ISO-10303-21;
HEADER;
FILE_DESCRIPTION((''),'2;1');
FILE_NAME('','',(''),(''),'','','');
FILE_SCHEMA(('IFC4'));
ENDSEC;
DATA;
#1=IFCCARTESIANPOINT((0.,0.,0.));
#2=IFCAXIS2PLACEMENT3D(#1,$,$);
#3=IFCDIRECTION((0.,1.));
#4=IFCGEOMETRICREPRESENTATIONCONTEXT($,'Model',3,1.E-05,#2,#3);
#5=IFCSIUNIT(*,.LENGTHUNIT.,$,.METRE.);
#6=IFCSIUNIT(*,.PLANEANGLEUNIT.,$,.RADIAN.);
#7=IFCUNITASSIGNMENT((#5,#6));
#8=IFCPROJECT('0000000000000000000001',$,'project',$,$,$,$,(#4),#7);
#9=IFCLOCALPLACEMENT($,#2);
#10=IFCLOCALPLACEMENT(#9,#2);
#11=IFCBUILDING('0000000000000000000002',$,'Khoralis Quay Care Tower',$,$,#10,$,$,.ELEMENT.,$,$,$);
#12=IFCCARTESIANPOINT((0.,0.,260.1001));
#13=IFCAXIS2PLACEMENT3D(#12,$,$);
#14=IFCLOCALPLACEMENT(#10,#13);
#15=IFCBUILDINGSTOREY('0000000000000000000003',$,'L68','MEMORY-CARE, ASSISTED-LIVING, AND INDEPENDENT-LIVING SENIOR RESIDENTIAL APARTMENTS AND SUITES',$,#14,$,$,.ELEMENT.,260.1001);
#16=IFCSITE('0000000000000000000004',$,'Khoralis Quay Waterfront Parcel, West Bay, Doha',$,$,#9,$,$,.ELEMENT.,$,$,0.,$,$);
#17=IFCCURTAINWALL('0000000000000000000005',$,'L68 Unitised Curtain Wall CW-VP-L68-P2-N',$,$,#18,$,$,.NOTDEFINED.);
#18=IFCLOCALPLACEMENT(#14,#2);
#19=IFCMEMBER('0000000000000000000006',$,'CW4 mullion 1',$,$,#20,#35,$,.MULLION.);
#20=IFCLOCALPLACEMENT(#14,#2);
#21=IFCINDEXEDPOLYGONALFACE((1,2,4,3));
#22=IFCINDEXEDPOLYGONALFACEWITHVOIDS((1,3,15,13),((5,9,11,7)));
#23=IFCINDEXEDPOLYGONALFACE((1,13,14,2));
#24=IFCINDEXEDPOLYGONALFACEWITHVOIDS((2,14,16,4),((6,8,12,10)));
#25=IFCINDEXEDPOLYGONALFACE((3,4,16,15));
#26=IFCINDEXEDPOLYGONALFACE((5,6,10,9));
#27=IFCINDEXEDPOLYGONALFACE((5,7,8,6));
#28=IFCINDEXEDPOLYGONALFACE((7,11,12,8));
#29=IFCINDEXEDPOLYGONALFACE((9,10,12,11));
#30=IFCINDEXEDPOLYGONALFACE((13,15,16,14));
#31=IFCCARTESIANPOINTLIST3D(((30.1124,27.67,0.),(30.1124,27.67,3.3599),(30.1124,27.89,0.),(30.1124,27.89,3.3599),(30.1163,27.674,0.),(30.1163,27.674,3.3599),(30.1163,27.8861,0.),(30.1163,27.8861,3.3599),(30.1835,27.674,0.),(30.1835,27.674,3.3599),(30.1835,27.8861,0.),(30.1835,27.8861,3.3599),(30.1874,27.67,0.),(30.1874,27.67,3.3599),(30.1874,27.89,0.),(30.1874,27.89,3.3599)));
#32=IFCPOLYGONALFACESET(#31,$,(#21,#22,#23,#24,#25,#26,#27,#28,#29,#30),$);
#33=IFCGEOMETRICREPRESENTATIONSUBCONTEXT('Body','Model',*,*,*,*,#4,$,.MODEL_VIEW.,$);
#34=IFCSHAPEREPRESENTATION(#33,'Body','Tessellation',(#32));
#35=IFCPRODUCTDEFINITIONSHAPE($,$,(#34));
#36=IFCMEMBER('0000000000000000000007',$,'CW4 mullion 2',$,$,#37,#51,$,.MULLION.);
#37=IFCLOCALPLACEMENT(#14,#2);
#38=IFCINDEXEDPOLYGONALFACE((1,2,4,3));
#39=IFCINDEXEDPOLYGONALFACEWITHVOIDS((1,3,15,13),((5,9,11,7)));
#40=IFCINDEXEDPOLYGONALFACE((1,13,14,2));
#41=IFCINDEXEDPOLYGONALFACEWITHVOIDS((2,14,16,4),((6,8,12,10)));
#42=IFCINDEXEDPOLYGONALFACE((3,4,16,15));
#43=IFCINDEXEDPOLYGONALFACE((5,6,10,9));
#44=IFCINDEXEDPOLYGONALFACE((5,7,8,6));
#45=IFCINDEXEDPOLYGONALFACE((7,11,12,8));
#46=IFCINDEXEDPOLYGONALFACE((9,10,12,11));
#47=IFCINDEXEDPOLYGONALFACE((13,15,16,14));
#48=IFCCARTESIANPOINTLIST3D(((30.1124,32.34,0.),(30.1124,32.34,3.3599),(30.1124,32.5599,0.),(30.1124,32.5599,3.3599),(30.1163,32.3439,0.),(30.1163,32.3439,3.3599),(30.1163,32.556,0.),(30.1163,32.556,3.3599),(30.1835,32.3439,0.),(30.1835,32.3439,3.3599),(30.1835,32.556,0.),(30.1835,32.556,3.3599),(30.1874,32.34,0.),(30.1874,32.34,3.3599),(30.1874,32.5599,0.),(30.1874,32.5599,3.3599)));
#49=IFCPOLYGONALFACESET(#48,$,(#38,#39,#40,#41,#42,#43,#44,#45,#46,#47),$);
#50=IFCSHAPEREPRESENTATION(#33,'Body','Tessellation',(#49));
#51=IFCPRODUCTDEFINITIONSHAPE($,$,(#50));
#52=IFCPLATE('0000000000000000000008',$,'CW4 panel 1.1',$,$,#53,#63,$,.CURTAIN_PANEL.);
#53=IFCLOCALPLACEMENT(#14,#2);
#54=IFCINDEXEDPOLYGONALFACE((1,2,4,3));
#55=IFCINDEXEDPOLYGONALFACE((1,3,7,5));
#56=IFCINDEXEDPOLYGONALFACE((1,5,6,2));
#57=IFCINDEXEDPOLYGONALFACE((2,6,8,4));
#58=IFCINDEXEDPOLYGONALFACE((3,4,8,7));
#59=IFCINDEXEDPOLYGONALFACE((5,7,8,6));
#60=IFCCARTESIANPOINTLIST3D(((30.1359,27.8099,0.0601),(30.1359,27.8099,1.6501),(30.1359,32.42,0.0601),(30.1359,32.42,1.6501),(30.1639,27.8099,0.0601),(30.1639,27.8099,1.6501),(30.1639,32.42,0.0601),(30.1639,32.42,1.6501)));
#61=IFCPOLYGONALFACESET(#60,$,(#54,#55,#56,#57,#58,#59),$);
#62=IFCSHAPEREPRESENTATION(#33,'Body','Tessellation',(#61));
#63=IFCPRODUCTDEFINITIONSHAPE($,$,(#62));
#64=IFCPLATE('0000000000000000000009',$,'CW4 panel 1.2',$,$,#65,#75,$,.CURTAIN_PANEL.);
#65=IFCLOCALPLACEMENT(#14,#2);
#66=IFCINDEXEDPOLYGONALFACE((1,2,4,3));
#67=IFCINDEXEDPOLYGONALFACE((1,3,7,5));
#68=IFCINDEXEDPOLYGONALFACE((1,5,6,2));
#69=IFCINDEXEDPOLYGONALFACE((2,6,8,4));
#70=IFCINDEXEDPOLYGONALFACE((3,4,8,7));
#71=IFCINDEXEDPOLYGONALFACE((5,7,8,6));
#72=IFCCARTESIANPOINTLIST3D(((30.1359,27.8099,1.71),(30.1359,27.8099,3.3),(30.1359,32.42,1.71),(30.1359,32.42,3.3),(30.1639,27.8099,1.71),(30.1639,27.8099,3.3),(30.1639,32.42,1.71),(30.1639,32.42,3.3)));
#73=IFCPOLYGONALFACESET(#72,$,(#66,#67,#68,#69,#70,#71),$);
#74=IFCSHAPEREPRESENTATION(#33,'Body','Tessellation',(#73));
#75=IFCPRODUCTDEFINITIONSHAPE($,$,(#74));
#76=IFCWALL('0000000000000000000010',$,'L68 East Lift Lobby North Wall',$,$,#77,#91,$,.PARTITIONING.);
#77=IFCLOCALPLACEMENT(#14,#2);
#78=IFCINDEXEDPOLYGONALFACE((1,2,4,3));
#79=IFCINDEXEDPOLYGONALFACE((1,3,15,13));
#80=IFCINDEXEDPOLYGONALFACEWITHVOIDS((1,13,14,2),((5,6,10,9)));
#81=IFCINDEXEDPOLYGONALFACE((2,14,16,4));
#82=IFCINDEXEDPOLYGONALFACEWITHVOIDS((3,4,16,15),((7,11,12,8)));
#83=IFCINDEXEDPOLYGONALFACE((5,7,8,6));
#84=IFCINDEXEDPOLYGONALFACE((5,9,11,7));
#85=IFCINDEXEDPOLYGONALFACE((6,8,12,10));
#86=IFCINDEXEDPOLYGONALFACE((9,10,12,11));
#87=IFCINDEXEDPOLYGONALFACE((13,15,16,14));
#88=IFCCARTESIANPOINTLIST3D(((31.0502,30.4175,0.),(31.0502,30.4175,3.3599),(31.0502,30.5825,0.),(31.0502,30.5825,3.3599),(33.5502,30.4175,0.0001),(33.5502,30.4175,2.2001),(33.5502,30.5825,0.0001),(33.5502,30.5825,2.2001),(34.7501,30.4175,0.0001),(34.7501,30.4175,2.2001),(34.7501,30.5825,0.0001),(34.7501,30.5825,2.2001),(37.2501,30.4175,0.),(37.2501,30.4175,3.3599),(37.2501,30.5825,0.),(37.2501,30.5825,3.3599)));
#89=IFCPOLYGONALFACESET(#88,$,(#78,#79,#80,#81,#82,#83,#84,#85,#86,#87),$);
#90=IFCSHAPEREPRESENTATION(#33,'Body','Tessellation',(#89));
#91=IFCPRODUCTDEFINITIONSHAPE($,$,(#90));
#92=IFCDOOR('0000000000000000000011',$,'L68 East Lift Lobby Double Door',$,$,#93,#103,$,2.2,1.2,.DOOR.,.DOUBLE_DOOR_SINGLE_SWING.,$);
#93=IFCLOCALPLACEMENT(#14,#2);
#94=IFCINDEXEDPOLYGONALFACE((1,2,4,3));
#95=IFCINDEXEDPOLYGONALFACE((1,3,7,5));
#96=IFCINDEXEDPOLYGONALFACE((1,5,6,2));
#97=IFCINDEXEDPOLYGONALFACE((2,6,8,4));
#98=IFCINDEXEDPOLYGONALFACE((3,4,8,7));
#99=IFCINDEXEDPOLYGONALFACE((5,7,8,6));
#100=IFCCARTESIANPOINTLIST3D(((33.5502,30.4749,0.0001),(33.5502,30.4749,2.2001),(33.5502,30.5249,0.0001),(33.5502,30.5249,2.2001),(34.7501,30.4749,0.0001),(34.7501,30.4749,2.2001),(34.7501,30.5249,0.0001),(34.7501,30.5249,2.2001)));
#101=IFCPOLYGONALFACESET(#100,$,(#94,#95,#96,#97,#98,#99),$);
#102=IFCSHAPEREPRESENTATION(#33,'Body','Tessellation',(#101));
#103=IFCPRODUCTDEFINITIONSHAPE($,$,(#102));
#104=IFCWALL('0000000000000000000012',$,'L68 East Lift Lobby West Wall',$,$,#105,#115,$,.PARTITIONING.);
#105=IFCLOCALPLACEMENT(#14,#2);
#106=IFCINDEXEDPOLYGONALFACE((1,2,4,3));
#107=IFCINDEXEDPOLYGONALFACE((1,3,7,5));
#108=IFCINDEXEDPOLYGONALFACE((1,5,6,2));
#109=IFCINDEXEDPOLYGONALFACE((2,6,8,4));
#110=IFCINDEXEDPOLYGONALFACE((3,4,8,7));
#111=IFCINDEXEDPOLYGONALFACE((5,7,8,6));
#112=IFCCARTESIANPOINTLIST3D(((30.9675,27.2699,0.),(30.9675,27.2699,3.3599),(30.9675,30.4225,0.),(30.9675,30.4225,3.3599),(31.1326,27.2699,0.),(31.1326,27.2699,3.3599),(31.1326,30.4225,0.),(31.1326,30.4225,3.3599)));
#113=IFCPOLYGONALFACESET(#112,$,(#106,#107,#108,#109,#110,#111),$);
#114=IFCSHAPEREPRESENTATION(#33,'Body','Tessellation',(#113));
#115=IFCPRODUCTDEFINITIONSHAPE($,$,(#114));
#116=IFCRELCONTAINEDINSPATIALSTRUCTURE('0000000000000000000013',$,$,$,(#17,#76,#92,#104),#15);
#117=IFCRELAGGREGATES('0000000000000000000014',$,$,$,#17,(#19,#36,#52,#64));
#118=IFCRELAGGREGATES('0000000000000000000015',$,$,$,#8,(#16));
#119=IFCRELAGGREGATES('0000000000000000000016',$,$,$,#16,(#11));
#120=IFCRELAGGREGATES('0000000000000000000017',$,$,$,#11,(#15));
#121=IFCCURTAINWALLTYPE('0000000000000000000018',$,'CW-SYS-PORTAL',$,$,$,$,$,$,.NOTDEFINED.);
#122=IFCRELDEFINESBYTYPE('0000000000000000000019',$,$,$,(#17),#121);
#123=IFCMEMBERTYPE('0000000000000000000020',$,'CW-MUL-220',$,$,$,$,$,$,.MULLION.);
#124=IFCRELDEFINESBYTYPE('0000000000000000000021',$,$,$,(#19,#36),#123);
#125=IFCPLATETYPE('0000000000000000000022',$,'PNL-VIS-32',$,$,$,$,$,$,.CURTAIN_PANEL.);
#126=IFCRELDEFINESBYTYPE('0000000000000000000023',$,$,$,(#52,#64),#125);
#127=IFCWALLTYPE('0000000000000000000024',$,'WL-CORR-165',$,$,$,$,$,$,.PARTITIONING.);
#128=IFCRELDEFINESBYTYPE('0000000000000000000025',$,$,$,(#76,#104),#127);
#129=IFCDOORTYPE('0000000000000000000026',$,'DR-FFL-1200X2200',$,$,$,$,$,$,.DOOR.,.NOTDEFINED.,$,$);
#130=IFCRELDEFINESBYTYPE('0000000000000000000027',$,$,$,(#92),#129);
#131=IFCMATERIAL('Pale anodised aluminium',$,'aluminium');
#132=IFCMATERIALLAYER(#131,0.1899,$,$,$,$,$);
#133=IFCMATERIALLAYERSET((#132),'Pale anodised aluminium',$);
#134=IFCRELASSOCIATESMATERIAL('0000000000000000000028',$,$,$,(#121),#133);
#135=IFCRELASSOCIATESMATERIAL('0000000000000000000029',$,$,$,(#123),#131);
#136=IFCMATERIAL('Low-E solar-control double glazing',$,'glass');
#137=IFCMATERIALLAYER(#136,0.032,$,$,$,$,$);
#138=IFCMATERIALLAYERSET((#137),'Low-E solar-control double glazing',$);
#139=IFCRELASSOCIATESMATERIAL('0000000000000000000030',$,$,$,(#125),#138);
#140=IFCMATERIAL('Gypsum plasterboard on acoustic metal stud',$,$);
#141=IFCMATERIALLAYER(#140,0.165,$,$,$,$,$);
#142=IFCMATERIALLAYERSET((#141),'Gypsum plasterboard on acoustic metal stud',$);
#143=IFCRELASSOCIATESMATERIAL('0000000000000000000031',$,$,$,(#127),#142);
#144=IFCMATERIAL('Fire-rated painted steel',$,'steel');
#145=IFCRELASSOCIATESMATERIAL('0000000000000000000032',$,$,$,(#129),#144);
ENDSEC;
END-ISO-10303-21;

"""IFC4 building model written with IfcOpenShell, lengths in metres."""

from ifc_helpers import new_model, si_unit, direction, frame, frame_2d, origin, origin_2d, place, context, subcontext, project, spatial, rectangle, hollow_rectangle, extrude, source, transform, mapped, material, layer, layer_set, material_profile, profile_set, type_object, element, fill, aggregate, save


model = new_model("IFC4")

# Units and contexts
model_context = context("Model", 3, precision=1e-05, world=origin(), true_north=direction((0.0, 1.0)))
body_context = subcontext(model_context, "Body", "Model", "MODEL_VIEW")
ifc_project = project(units=[si_unit("LENGTHUNIT", "METRE"), si_unit("PLANEANGLEUNIT", "RADIAN")], contexts=[model_context])

# Site, building, storey
site_placement = place(None, origin())
site = spatial("IfcSite", under=ifc_project, at=site_placement, Name="Khoralis Quay Waterfront Parcel, West Bay, Doha", CompositionType="ELEMENT", RefElevation=0.0)
building_placement = place(site_placement, origin())
building = spatial("IfcBuilding", under=site, at=building_placement, Name="Khoralis Quay Care Tower", CompositionType="ELEMENT")
storey_placement = place(building_placement, frame((0.0, 0.0, 260.1001)))
storey = spatial("IfcBuildingStorey", under=building, at=storey_placement, Name="L68", Description="MEMORY-CARE, ASSISTED-LIVING, AND INDEPENDENT-LIVING SENIOR RESIDENTIAL APARTMENTS AND SUITES", CompositionType="ELEMENT", Elevation=260.1001)

# Curtain wall, members, plates
ifc_material_1 = material(Name="Pale anodised aluminium", Category="aluminium")
ifc_layer_1 = layer(ifc_material_1, 0.1899)
ifc_layer_set_1 = layer_set([ifc_layer_1], Name="Pale anodised aluminium")
curtain_wall_type = type_object("IfcCurtainWallType", Name="CW-SYS-PORTAL", PredefinedType="NOTDEFINED", material=ifc_layer_set_1)
curtain_wall_placement = place(storey_placement, origin())
curtain_wall = element("IfcCurtainWall", 1, at=curtain_wall_placement, inside=storey, type_object=curtain_wall_type, Name="L68 Unitised Curtain Wall CW-VP-L68-P2-N", PredefinedType="NOTDEFINED")
ifc_material_profile_1 = material_profile(ifc_material_1, hollow_rectangle(XDim=0.075, YDim=0.22, WallThickness=0.0039, at=origin_2d()), Name="Pale anodised aluminium")
ifc_profile_set_1 = profile_set([ifc_material_profile_1], Name="Pale anodised aluminium")
member_type_1 = type_object("IfcMemberType", Name="CW-MUL-220", PredefinedType="MULLION", material=ifc_profile_set_1)
shared_shape_1 = source(origin(), body_context, "Body", "SweptSolid", [
    extrude(hollow_rectangle(XDim=0.075, YDim=0.22, WallThickness=0.0039, at=origin_2d()), origin(), (0.0, 0.0, 1.0), 3.3599),
])
member_1_placement = place(storey_placement, frame((30.1499, 27.78, 0.0), z_axis=(0.0, 0.0, 1.0), x_axis=(-1.0, 0.0, 0.0)))
member_1 = element("IfcMember", 2, at=member_1_placement, type_object=member_type_1, Name="CW4 mullion 1", PredefinedType="MULLION", context=body_context, shape_type="MappedRepresentation", body=[
    mapped(shared_shape_1, transform((0.0, 0.0, 0.0), scale=1.0)),
])
member_2_placement = place(storey_placement, frame((30.1499, 32.45, 0.0), z_axis=(0.0, 0.0, 1.0), x_axis=(-1.0, 0.0, 0.0)))
member_2 = element("IfcMember", 3, at=member_2_placement, type_object=member_type_1, Name="CW4 mullion 2", PredefinedType="MULLION", context=body_context, shape_type="MappedRepresentation", body=[
    mapped(shared_shape_1, transform((0.0, 0.0, 0.0), scale=1.0)),
])
ifc_material_2 = material(Name="Low-E solar-control double glazing", Category="glass")
ifc_layer_2 = layer(ifc_material_2, 0.032)
ifc_layer_set_2 = layer_set([ifc_layer_2], Name="Low-E solar-control double glazing")
plate_type = type_object("IfcPlateType", Name="PNL-VIS-32", PredefinedType="CURTAIN_PANEL", material=ifc_layer_set_2)
shared_shape_2 = source(origin(), body_context, "Body", "SweptSolid", [
    extrude(rectangle(XDim=4.6101, YDim=0.0281, at=origin_2d()), origin(), (0.0, 0.0, 1.0), 1.5901),
])
plate_1_placement = place(storey_placement, frame((30.1499, 30.115, 0.0601), z_axis=(0.0, 0.0, 1.0), x_axis=(0.0, 1.0, 0.0)))
plate_1 = element("IfcPlate", 4, at=plate_1_placement, type_object=plate_type, Name="CW4 panel 1.1", PredefinedType="CURTAIN_PANEL", context=body_context, shape_type="MappedRepresentation", body=[
    mapped(shared_shape_2, transform((0.0, 0.0, 0.0), scale=1.0)),
])
plate_2_placement = place(storey_placement, frame((30.1499, 30.115, 1.71), z_axis=(0.0, 0.0, 1.0), x_axis=(0.0, 1.0, 0.0)))
plate_2 = element("IfcPlate", 5, at=plate_2_placement, type_object=plate_type, Name="CW4 panel 1.2", PredefinedType="CURTAIN_PANEL", context=body_context, shape_type="MappedRepresentation", body=[
    mapped(shared_shape_2, transform((0.0, 0.0, 0.0), scale=1.0)),
])
aggregate(curtain_wall, [member_1, member_2, plate_1, plate_2])

# Wall, opening, door
ifc_material_3 = material(Name="Gypsum plasterboard on acoustic metal stud")
ifc_layer_3 = layer(ifc_material_3, 0.165)
ifc_layer_set_3 = layer_set([ifc_layer_3], Name="Gypsum plasterboard on acoustic metal stud")
wall_type_1 = type_object("IfcWallType", Name="WL-CORR-165", PredefinedType="PARTITIONING", material=ifc_layer_set_3)
wall_1_placement = place(storey_placement, frame((31.05, 30.5, 0.0), z_axis=(0.0, 0.0, 1.0), x_axis=(1.0, 0.0, 0.0)))
wall_1 = element("IfcWall", 6, at=wall_1_placement, inside=storey, type_object=wall_type_1, Name="L68 East Lift Lobby North Wall", PredefinedType="PARTITIONING", context=body_context, shape_type="SweptSolid", body=[
    extrude(rectangle(XDim=6.2, YDim=0.165, at=frame_2d((3.1001, 0.0))), origin(), (0.0, 0.0, 1.0), 3.3599),
])
opening_1_placement = place(wall_1_placement, frame((2.5, 0.0, 0.0)))
opening_1 = element("IfcOpeningElement", 7, at=opening_1_placement, cuts=wall_1, PredefinedType="OPENING", context=body_context, shape_type="SweptSolid", body=[
    extrude(rectangle(XDim=1.2, YDim=2.2, at=frame_2d((0.6001, 1.1001))), frame((0.0, 0.0925, 0.0), z_axis=(0.0, -1.0, 0.0), x_axis=(1.0, 0.0, 0.0)), (0.0, 0.0, 1.0), 0.1851),
])
ifc_material_4 = material(Name="Fire-rated painted steel", Category="steel")
door_type_1 = type_object("IfcDoorType", Name="DR-FFL-1200X2200", OperationType="NOTDEFINED", PredefinedType="DOOR", material=ifc_material_4)
shared_shape_3 = source(origin(), body_context, "Body", "SweptSolid", [
    extrude(rectangle(XDim=1.2, YDim=2.2, at=frame_2d((0.6001, 1.1001))), frame((0.0, 0.0249, 0.0), z_axis=(0.0, -1.0, 0.0), x_axis=(1.0, 0.0, 0.0)), (0.0, 0.0, 1.0), 0.05),
])
door_1_placement = place(opening_1_placement, origin())
door_1 = element("IfcDoor", 8, at=door_1_placement, inside=storey, type_object=door_type_1, Name="L68 East Lift Lobby Double Door", OperationType="DOUBLE_DOOR_SINGLE_SWING", OverallHeight=2.2, OverallWidth=1.2, PredefinedType="DOOR", context=body_context, shape_type="MappedRepresentation", body=[
    mapped(shared_shape_3, transform((0.0, 0.0, 0.0), scale=1.0)),
])
fill(opening_1, door_1)

# Wall
wall_2_placement = place(storey_placement, frame((31.05, 27.27, 0.0), z_axis=(0.0, 0.0, 1.0), x_axis=(0.0, 1.0, 0.0)))
element("IfcWall", 9, at=wall_2_placement, inside=storey, type_object=wall_type_1, Name="L68 East Lift Lobby West Wall", PredefinedType="PARTITIONING", context=body_context, shape_type="SweptSolid", body=[
    extrude(rectangle(XDim=3.1526, YDim=0.165, at=frame_2d((1.5762, 0.0))), origin(), (0.0, 0.0, 1.0), 3.3599),
])

save(model, "model.ifc")
